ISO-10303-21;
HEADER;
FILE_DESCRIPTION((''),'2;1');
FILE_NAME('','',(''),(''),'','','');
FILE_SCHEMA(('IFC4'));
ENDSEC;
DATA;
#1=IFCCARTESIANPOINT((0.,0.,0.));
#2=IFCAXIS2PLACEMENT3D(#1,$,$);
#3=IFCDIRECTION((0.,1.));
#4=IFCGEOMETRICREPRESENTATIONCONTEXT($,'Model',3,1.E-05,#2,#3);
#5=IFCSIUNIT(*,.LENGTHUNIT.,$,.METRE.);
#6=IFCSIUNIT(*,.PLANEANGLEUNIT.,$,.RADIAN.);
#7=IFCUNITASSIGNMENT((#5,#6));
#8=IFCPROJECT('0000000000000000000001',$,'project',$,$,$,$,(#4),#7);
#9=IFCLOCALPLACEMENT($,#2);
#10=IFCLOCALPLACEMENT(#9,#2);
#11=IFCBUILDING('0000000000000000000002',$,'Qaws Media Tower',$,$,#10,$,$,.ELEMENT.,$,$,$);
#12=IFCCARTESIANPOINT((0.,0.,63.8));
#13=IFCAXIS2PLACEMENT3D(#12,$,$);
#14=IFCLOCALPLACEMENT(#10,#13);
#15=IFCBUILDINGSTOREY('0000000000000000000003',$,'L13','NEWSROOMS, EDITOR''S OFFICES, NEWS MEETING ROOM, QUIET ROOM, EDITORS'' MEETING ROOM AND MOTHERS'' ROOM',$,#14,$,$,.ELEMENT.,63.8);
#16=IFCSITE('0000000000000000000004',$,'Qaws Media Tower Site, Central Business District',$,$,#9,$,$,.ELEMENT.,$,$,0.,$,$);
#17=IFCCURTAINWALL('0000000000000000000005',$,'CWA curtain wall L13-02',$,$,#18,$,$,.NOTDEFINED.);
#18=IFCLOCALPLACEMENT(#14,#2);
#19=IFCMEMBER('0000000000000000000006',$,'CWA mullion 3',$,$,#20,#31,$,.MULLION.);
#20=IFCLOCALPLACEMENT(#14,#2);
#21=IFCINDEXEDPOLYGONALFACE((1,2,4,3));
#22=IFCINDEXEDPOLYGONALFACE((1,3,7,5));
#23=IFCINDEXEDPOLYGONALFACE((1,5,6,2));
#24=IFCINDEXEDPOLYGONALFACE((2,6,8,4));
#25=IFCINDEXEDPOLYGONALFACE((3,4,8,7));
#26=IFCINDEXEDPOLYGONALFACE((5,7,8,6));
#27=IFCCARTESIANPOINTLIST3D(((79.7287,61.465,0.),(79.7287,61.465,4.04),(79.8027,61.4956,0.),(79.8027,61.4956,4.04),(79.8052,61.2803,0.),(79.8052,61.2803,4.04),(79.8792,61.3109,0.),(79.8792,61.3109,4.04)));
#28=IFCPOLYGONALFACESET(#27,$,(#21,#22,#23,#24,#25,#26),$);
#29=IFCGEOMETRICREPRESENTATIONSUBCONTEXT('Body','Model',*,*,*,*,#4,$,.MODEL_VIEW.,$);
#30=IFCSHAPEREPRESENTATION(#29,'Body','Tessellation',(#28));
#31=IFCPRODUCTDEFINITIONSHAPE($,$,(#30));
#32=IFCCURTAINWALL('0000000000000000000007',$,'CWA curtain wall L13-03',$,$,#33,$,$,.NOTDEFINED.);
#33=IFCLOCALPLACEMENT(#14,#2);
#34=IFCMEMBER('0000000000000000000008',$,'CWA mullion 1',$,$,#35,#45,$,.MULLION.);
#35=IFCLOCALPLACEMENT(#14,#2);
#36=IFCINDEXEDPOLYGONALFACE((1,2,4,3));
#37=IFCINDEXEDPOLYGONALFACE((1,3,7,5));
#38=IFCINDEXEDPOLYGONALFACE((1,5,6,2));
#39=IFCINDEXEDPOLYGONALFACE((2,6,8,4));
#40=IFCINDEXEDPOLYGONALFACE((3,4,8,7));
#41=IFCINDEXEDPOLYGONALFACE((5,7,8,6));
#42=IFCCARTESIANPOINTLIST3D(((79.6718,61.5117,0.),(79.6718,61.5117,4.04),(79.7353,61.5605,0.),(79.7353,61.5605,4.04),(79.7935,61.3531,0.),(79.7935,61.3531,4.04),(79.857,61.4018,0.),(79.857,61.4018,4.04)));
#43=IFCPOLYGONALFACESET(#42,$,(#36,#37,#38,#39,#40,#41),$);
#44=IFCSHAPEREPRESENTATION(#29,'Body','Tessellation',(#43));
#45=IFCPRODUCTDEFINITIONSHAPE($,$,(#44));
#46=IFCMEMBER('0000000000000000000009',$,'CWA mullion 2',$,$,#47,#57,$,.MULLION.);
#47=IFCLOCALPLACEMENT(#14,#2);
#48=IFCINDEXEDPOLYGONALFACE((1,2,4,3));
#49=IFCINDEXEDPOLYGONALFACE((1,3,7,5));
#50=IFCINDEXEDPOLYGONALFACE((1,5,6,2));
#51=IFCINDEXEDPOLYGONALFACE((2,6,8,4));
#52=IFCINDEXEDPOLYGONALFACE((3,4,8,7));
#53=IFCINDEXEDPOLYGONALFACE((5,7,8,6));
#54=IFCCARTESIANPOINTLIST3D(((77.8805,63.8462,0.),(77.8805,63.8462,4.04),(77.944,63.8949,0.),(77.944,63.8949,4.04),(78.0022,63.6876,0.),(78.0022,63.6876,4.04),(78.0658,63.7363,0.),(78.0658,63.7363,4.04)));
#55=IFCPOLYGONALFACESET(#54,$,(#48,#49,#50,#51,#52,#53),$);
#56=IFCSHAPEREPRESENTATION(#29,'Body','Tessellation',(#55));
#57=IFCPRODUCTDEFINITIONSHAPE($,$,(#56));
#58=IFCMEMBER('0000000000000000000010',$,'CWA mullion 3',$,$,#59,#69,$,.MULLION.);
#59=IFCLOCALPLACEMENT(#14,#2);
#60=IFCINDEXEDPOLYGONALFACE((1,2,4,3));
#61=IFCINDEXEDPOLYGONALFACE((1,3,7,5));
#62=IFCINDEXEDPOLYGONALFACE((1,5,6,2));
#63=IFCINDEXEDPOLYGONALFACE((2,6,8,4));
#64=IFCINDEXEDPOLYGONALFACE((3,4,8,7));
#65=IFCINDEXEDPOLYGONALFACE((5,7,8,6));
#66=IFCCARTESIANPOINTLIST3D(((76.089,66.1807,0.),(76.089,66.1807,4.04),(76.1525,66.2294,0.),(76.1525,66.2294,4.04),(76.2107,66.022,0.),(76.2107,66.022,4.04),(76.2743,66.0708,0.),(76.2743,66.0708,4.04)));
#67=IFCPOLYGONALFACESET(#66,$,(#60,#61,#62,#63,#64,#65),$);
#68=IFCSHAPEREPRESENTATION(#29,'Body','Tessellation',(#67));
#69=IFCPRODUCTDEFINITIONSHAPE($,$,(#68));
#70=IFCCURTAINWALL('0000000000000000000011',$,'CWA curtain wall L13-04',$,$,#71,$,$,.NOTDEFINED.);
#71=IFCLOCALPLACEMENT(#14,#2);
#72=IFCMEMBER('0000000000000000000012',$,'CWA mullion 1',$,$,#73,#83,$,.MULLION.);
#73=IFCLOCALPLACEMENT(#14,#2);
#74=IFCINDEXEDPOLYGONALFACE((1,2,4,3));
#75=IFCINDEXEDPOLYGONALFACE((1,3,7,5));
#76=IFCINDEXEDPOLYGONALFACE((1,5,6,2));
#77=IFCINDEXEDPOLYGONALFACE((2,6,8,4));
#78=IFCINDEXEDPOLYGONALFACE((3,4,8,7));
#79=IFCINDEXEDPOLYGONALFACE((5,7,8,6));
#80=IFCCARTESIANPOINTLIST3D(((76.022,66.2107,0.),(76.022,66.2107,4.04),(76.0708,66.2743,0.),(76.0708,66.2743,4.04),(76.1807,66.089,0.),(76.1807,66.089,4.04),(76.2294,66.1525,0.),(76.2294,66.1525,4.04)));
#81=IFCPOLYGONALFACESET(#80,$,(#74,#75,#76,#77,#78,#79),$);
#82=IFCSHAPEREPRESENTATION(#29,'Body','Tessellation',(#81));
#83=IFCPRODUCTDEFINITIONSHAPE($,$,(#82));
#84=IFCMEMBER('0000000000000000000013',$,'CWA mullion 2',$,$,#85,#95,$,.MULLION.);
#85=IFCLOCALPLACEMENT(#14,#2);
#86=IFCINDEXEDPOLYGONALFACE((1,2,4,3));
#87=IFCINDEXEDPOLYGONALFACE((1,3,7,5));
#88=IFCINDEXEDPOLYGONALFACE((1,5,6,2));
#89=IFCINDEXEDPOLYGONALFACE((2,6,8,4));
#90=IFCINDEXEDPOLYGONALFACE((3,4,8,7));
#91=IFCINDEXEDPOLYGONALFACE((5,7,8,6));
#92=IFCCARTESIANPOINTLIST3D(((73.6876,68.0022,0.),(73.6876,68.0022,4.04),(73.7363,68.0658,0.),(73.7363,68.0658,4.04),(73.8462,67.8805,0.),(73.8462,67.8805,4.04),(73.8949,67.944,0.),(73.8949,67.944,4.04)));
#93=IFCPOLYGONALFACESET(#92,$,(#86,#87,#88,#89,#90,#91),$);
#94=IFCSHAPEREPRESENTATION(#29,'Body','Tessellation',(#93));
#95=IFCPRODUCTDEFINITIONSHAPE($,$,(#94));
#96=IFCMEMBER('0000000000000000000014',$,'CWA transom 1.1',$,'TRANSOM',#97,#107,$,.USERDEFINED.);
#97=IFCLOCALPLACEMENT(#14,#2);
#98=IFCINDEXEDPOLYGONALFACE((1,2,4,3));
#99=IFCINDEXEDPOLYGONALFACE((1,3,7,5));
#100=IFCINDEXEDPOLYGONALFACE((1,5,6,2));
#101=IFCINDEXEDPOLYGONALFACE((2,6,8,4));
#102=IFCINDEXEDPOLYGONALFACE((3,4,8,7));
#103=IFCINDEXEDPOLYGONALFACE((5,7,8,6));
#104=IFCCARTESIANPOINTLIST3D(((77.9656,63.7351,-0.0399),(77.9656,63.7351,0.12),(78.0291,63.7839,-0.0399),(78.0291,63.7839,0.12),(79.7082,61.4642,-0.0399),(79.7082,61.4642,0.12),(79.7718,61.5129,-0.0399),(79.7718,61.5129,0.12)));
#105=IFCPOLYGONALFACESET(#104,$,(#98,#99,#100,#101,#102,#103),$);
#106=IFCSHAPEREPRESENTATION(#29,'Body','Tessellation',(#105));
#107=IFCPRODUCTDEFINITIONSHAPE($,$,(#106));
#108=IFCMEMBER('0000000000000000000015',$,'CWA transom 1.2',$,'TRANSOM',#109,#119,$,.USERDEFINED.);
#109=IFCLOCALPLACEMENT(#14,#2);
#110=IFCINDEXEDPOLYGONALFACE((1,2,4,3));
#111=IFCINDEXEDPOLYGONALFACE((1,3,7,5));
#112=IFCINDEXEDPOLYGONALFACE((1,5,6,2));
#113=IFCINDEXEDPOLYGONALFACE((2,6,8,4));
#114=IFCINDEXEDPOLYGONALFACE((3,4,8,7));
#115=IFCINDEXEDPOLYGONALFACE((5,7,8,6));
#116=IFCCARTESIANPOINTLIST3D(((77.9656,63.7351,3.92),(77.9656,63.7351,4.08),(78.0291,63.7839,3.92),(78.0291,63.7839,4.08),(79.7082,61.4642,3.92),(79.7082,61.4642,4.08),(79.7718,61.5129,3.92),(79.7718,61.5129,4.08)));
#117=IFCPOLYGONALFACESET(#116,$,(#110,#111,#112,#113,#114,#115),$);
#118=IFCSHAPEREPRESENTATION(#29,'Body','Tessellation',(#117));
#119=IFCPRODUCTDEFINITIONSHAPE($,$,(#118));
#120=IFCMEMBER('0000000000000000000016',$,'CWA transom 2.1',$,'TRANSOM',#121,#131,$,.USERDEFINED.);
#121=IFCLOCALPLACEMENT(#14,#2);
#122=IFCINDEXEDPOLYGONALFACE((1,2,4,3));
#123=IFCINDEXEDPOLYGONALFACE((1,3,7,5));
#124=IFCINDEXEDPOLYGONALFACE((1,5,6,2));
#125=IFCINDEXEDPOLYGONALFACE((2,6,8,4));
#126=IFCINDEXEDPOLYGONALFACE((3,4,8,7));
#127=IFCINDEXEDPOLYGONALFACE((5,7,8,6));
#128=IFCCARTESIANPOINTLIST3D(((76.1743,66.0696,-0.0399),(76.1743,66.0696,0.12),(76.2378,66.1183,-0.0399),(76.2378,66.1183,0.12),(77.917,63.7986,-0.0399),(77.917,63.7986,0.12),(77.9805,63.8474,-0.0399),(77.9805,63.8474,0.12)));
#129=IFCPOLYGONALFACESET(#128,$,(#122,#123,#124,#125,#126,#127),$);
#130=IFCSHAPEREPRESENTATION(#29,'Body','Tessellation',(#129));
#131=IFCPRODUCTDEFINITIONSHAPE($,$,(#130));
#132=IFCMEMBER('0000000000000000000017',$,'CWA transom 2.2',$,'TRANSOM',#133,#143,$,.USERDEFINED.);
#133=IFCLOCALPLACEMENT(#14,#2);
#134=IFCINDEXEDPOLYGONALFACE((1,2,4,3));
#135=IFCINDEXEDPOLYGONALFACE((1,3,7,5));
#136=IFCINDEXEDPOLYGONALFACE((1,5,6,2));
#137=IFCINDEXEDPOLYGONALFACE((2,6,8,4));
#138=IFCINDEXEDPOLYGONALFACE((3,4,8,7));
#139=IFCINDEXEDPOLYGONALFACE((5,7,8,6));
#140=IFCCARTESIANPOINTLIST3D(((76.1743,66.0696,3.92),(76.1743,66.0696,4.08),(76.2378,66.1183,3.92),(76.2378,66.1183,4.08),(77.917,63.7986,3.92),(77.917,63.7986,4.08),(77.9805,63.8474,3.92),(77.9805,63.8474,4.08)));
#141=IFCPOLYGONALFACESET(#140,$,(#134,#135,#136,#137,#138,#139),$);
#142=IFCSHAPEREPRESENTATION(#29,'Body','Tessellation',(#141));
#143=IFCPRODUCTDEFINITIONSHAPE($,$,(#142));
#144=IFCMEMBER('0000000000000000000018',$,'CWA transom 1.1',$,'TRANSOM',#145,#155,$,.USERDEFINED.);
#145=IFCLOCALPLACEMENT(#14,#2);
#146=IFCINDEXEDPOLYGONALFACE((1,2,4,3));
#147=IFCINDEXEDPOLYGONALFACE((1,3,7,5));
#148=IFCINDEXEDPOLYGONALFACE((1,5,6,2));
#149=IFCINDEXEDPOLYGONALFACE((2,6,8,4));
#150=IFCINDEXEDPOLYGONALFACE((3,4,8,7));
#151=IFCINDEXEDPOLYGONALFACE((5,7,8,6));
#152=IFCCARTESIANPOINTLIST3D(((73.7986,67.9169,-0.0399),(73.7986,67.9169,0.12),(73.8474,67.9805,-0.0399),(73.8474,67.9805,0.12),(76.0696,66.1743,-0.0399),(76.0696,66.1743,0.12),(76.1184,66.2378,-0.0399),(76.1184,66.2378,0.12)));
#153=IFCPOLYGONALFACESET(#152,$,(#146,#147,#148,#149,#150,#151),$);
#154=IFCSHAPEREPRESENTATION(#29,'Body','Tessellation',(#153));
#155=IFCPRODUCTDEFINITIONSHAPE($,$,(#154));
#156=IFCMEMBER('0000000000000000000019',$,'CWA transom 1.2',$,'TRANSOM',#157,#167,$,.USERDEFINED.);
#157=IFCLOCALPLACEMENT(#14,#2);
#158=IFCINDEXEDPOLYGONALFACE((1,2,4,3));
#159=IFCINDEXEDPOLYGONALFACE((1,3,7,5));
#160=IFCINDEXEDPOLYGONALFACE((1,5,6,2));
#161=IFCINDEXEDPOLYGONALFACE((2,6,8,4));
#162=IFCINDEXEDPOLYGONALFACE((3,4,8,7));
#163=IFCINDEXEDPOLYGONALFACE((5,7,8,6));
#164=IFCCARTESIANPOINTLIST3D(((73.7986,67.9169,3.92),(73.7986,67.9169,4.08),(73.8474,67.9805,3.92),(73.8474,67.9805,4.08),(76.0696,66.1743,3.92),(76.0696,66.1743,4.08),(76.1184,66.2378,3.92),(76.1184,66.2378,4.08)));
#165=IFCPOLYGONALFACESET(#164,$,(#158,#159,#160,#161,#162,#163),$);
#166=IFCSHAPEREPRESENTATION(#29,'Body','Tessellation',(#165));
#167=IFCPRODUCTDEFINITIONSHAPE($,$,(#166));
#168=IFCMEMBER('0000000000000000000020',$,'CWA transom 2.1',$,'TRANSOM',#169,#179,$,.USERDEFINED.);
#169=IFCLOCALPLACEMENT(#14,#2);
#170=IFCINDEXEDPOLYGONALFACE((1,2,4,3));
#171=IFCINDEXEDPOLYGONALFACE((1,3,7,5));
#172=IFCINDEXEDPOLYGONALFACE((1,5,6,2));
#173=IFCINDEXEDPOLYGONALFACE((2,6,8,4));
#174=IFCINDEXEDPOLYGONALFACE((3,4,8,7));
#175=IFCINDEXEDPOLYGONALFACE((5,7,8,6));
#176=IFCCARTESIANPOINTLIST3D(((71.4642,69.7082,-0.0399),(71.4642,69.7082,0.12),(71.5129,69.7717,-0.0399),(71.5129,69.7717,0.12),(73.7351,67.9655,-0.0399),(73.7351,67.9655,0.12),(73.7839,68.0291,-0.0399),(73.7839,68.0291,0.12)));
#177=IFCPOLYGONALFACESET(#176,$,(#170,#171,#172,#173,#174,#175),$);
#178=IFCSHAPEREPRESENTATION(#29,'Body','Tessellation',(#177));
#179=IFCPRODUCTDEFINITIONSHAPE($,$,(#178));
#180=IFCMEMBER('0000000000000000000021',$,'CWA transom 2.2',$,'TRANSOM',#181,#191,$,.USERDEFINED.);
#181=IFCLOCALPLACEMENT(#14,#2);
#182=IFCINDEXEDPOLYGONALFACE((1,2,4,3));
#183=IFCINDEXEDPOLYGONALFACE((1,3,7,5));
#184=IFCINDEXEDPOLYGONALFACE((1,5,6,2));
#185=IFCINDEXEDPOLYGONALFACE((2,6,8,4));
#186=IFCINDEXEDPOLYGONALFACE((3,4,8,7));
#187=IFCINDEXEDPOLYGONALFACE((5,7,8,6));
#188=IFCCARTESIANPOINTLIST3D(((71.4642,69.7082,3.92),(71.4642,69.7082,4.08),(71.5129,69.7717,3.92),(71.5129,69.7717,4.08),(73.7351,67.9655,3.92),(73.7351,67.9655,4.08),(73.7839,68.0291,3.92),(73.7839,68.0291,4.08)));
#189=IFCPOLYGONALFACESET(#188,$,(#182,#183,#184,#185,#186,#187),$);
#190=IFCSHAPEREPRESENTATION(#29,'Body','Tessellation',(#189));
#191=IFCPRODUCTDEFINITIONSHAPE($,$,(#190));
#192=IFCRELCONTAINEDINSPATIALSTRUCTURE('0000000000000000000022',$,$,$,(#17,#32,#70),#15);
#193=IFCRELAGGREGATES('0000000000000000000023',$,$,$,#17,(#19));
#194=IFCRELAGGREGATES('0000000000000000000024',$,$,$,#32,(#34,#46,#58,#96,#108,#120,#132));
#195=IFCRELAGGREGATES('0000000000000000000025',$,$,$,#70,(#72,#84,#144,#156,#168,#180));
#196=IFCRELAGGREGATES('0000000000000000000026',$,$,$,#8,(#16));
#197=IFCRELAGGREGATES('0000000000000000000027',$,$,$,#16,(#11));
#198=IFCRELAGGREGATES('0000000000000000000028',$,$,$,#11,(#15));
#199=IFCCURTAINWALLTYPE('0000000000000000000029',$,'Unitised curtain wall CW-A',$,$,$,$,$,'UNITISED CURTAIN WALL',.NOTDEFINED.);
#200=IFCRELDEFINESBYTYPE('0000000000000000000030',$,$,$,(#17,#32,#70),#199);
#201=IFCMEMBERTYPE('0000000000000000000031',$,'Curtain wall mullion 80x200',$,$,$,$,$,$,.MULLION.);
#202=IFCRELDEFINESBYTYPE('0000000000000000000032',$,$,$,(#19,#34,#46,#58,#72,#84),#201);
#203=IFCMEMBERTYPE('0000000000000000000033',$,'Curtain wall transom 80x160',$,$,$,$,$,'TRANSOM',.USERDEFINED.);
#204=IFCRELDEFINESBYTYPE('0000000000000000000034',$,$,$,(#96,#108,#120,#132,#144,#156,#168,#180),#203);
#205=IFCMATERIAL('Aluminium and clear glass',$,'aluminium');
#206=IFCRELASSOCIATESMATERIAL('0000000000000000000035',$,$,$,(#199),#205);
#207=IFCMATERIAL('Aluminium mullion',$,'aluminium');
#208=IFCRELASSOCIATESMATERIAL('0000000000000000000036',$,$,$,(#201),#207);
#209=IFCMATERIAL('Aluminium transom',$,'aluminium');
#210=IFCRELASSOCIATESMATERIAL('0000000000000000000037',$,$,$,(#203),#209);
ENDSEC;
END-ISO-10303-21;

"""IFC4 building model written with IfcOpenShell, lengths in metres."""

from ifc_helpers import new_model, si_unit, direction, frame, origin, origin_2d, place, context, subcontext, project, spatial, rectangle, extrude, material, material_profile, profile_set, type_object, element, aggregate, save


model = new_model("IFC4")

# Units and contexts
model_context = context("Model", 3, precision=1e-05, world=origin(), true_north=direction((0.0, 1.0)))
body_context = subcontext(model_context, "Body", "Model", "MODEL_VIEW")
ifc_project = project(units=[si_unit("LENGTHUNIT", "METRE"), si_unit("PLANEANGLEUNIT", "RADIAN")], contexts=[model_context])

# Site, building, storey
site_placement = place(None, origin())
site = spatial("IfcSite", under=ifc_project, at=site_placement, Name="Qaws Media Tower Site, Central Business District", CompositionType="ELEMENT", RefElevation=0.0)
building_placement = place(site_placement, origin())
building = spatial("IfcBuilding", under=site, at=building_placement, Name="Qaws Media Tower", CompositionType="ELEMENT")
storey_placement = place(building_placement, frame((0.0, 0.0, 63.8)))
storey = spatial("IfcBuildingStorey", under=building, at=storey_placement, Name="L13", Description="NEWSROOMS, EDITOR'S OFFICES, NEWS MEETING ROOM, QUIET ROOM, EDITORS' MEETING ROOM AND MOTHERS' ROOM", CompositionType="ELEMENT", Elevation=63.8)

# Curtain wall, member
ifc_material_1 = material(Name="Aluminium and clear glass", Category="aluminium")
curtain_wall_type = type_object("IfcCurtainWallType", Name="Unitised curtain wall CW-A", ElementType="UNITISED CURTAIN WALL", PredefinedType="NOTDEFINED", material=ifc_material_1)
curtain_wall_1_placement = place(storey_placement, origin())
curtain_wall_1 = element("IfcCurtainWall", 1, at=curtain_wall_1_placement, inside=storey, type_object=curtain_wall_type, Name="CWA curtain wall L13-02", PredefinedType="NOTDEFINED")
ifc_material_2 = material(Name="Aluminium mullion", Category="aluminium")
ifc_material_profile_1 = material_profile(ifc_material_2, rectangle(XDim=0.0801, YDim=0.2, at=origin_2d()), Name="80x200")
ifc_profile_set_1 = profile_set([ifc_material_profile_1], Name="Aluminium mullion")
member_type_1 = type_object("IfcMemberType", Name="Curtain wall mullion 80x200", PredefinedType="MULLION", material=ifc_profile_set_1)
member_1_placement = place(storey_placement, frame((79.804, 61.3879, 0.0), z_axis=(0.0, 0.0, 1.0), x_axis=(-0.92388, -0.382683, 0.0)))
member_1 = element("IfcMember", 2, at=member_1_placement, type_object=member_type_1, Name="CWA mullion 3", PredefinedType="MULLION", context=body_context, shape_type="SweptSolid", body=[
    extrude(rectangle(XDim=0.0801, YDim=0.2, at=origin_2d()), origin(), (0.0, 0.0, 1.0), 4.04),
])

# Curtain walls, members
curtain_wall_2_placement = place(storey_placement, origin())
curtain_wall_2 = element("IfcCurtainWall", 3, at=curtain_wall_2_placement, inside=storey, type_object=curtain_wall_type, Name="CWA curtain wall L13-03", PredefinedType="NOTDEFINED")
member_2_placement = place(storey_placement, frame((79.7644, 61.4568, 0.0), z_axis=(0.0, 0.0, 1.0), x_axis=(-0.793353, -0.608761, 0.0)))
member_2 = element("IfcMember", 4, at=member_2_placement, type_object=member_type_1, Name="CWA mullion 1", PredefinedType="MULLION", context=body_context, shape_type="SweptSolid", body=[
    extrude(rectangle(XDim=0.0801, YDim=0.2, at=origin_2d()), origin(), (0.0, 0.0, 1.0), 4.04),
])
member_3_placement = place(storey_placement, frame((77.9731, 63.7913, 0.0), z_axis=(0.0, 0.0, 1.0), x_axis=(-0.793353, -0.608761, 0.0)))
member_3 = element("IfcMember", 5, at=member_3_placement, type_object=member_type_1, Name="CWA mullion 2", PredefinedType="MULLION", context=body_context, shape_type="SweptSolid", body=[
    extrude(rectangle(XDim=0.0801, YDim=0.2, at=origin_2d()), origin(), (0.0, 0.0, 1.0), 4.04),
])
member_4_placement = place(storey_placement, frame((76.1816, 66.1257, 0.0), z_axis=(0.0, 0.0, 1.0), x_axis=(-0.793353, -0.608761, 0.0)))
member_4 = element("IfcMember", 6, at=member_4_placement, type_object=member_type_1, Name="CWA mullion 3", PredefinedType="MULLION", context=body_context, shape_type="SweptSolid", body=[
    extrude(rectangle(XDim=0.0801, YDim=0.2, at=origin_2d()), origin(), (0.0, 0.0, 1.0), 4.04),
])
curtain_wall_3_placement = place(storey_placement, origin())
curtain_wall_3 = element("IfcCurtainWall", 7, at=curtain_wall_3_placement, inside=storey, type_object=curtain_wall_type, Name="CWA curtain wall L13-04", PredefinedType="NOTDEFINED")
member_5_placement = place(storey_placement, frame((76.1257, 66.1816, 0.0), z_axis=(0.0, 0.0, 1.0), x_axis=(-0.608761, -0.793353, 0.0)))
member_5 = element("IfcMember", 8, at=member_5_placement, type_object=member_type_1, Name="CWA mullion 1", PredefinedType="MULLION", context=body_context, shape_type="SweptSolid", body=[
    extrude(rectangle(XDim=0.0801, YDim=0.2, at=origin_2d()), origin(), (0.0, 0.0, 1.0), 4.04),
])
member_6_placement = place(storey_placement, frame((73.7913, 67.9731, 0.0), z_axis=(0.0, 0.0, 1.0), x_axis=(-0.608761, -0.793353, 0.0)))
member_6 = element("IfcMember", 9, at=member_6_placement, type_object=member_type_1, Name="CWA mullion 2", PredefinedType="MULLION", context=body_context, shape_type="SweptSolid", body=[
    extrude(rectangle(XDim=0.0801, YDim=0.2, at=origin_2d()), origin(), (0.0, 0.0, 1.0), 4.04),
])

# Members
ifc_material_3 = material(Name="Aluminium transom", Category="aluminium")
ifc_material_profile_2 = material_profile(ifc_material_3, rectangle(XDim=0.0801, YDim=0.1599, at=origin_2d()), Name="80x160")
ifc_profile_set_2 = profile_set([ifc_material_profile_2], Name="Aluminium transom")
member_type_2 = type_object("IfcMemberType", Name="Curtain wall transom 80x160", ElementType="TRANSOM", PredefinedType="USERDEFINED", material=ifc_profile_set_2)
member_7_placement = place(storey_placement, frame((79.74, 61.4885, 0.04), z_axis=(-0.608779, 0.79334, 0.0), x_axis=(-0.79334, -0.608779, 0.0)))
member_7 = element("IfcMember", 10, at=member_7_placement, type_object=member_type_2, Name="CWA transom 1.1", ObjectType="TRANSOM", PredefinedType="USERDEFINED", context=body_context, shape_type="SweptSolid", body=[
    extrude(rectangle(XDim=0.0801, YDim=0.1599, at=origin_2d()), origin(), (0.0, 0.0, 1.0), 2.8625),
])
member_8_placement = place(storey_placement, frame((79.74, 61.4885, 4.0), z_axis=(-0.608779, 0.79334, 0.0), x_axis=(-0.79334, -0.608779, 0.0)))
member_8 = element("IfcMember", 11, at=member_8_placement, type_object=member_type_2, Name="CWA transom 1.2", ObjectType="TRANSOM", PredefinedType="USERDEFINED", context=body_context, shape_type="SweptSolid", body=[
    extrude(rectangle(XDim=0.0801, YDim=0.1599, at=origin_2d()), origin(), (0.0, 0.0, 1.0), 2.8625),
])
member_9_placement = place(storey_placement, frame((77.9487, 63.823, 0.04), z_axis=(-0.608779, 0.79334, 0.0), x_axis=(-0.79334, -0.608779, 0.0)))
member_9 = element("IfcMember", 12, at=member_9_placement, type_object=member_type_2, Name="CWA transom 2.1", ObjectType="TRANSOM", PredefinedType="USERDEFINED", context=body_context, shape_type="SweptSolid", body=[
    extrude(rectangle(XDim=0.0801, YDim=0.1599, at=origin_2d()), origin(), (0.0, 0.0, 1.0), 2.8625),
])
member_10_placement = place(storey_placement, frame((77.9487, 63.823, 4.0), z_axis=(-0.608779, 0.79334, 0.0), x_axis=(-0.79334, -0.608779, 0.0)))
member_10 = element("IfcMember", 13, at=member_10_placement, type_object=member_type_2, Name="CWA transom 2.2", ObjectType="TRANSOM", PredefinedType="USERDEFINED", context=body_context, shape_type="SweptSolid", body=[
    extrude(rectangle(XDim=0.0801, YDim=0.1599, at=origin_2d()), origin(), (0.0, 0.0, 1.0), 2.8625),
])
member_11_placement = place(storey_placement, frame((76.094, 66.2061, 0.04), z_axis=(-0.79334, 0.608779, 0.0), x_axis=(-0.608779, -0.79334, 0.0)))
member_11 = element("IfcMember", 14, at=member_11_placement, type_object=member_type_2, Name="CWA transom 1.1", ObjectType="TRANSOM", PredefinedType="USERDEFINED", context=body_context, shape_type="SweptSolid", body=[
    extrude(rectangle(XDim=0.0801, YDim=0.1599, at=origin_2d()), origin(), (0.0, 0.0, 1.0), 2.8625),
])
member_12_placement = place(storey_placement, frame((76.094, 66.2061, 4.0), z_axis=(-0.79334, 0.608779, 0.0), x_axis=(-0.608779, -0.79334, 0.0)))
member_12 = element("IfcMember", 15, at=member_12_placement, type_object=member_type_2, Name="CWA transom 1.2", ObjectType="TRANSOM", PredefinedType="USERDEFINED", context=body_context, shape_type="SweptSolid", body=[
    extrude(rectangle(XDim=0.0801, YDim=0.1599, at=origin_2d()), origin(), (0.0, 0.0, 1.0), 2.8625),
])
member_13_placement = place(storey_placement, frame((73.7595, 67.9973, 0.04), z_axis=(-0.79334, 0.608779, 0.0), x_axis=(-0.608779, -0.79334, 0.0)))
member_13 = element("IfcMember", 16, at=member_13_placement, type_object=member_type_2, Name="CWA transom 2.1", ObjectType="TRANSOM", PredefinedType="USERDEFINED", context=body_context, shape_type="SweptSolid", body=[
    extrude(rectangle(XDim=0.0801, YDim=0.1599, at=origin_2d()), origin(), (0.0, 0.0, 1.0), 2.8625),
])
member_14_placement = place(storey_placement, frame((73.7595, 67.9973, 4.0), z_axis=(-0.79334, 0.608779, 0.0), x_axis=(-0.608779, -0.79334, 0.0)))
member_14 = element("IfcMember", 17, at=member_14_placement, type_object=member_type_2, Name="CWA transom 2.2", ObjectType="TRANSOM", PredefinedType="USERDEFINED", context=body_context, shape_type="SweptSolid", body=[
    extrude(rectangle(XDim=0.0801, YDim=0.1599, at=origin_2d()), origin(), (0.0, 0.0, 1.0), 2.8625),
])

aggregate(curtain_wall_1, [member_1])
aggregate(curtain_wall_2, [member_2, member_3, member_4, member_7, member_8, member_9, member_10])
aggregate(curtain_wall_3, [member_5, member_6, member_11, member_12, member_13, member_14])

save(model, "model.ifc")
